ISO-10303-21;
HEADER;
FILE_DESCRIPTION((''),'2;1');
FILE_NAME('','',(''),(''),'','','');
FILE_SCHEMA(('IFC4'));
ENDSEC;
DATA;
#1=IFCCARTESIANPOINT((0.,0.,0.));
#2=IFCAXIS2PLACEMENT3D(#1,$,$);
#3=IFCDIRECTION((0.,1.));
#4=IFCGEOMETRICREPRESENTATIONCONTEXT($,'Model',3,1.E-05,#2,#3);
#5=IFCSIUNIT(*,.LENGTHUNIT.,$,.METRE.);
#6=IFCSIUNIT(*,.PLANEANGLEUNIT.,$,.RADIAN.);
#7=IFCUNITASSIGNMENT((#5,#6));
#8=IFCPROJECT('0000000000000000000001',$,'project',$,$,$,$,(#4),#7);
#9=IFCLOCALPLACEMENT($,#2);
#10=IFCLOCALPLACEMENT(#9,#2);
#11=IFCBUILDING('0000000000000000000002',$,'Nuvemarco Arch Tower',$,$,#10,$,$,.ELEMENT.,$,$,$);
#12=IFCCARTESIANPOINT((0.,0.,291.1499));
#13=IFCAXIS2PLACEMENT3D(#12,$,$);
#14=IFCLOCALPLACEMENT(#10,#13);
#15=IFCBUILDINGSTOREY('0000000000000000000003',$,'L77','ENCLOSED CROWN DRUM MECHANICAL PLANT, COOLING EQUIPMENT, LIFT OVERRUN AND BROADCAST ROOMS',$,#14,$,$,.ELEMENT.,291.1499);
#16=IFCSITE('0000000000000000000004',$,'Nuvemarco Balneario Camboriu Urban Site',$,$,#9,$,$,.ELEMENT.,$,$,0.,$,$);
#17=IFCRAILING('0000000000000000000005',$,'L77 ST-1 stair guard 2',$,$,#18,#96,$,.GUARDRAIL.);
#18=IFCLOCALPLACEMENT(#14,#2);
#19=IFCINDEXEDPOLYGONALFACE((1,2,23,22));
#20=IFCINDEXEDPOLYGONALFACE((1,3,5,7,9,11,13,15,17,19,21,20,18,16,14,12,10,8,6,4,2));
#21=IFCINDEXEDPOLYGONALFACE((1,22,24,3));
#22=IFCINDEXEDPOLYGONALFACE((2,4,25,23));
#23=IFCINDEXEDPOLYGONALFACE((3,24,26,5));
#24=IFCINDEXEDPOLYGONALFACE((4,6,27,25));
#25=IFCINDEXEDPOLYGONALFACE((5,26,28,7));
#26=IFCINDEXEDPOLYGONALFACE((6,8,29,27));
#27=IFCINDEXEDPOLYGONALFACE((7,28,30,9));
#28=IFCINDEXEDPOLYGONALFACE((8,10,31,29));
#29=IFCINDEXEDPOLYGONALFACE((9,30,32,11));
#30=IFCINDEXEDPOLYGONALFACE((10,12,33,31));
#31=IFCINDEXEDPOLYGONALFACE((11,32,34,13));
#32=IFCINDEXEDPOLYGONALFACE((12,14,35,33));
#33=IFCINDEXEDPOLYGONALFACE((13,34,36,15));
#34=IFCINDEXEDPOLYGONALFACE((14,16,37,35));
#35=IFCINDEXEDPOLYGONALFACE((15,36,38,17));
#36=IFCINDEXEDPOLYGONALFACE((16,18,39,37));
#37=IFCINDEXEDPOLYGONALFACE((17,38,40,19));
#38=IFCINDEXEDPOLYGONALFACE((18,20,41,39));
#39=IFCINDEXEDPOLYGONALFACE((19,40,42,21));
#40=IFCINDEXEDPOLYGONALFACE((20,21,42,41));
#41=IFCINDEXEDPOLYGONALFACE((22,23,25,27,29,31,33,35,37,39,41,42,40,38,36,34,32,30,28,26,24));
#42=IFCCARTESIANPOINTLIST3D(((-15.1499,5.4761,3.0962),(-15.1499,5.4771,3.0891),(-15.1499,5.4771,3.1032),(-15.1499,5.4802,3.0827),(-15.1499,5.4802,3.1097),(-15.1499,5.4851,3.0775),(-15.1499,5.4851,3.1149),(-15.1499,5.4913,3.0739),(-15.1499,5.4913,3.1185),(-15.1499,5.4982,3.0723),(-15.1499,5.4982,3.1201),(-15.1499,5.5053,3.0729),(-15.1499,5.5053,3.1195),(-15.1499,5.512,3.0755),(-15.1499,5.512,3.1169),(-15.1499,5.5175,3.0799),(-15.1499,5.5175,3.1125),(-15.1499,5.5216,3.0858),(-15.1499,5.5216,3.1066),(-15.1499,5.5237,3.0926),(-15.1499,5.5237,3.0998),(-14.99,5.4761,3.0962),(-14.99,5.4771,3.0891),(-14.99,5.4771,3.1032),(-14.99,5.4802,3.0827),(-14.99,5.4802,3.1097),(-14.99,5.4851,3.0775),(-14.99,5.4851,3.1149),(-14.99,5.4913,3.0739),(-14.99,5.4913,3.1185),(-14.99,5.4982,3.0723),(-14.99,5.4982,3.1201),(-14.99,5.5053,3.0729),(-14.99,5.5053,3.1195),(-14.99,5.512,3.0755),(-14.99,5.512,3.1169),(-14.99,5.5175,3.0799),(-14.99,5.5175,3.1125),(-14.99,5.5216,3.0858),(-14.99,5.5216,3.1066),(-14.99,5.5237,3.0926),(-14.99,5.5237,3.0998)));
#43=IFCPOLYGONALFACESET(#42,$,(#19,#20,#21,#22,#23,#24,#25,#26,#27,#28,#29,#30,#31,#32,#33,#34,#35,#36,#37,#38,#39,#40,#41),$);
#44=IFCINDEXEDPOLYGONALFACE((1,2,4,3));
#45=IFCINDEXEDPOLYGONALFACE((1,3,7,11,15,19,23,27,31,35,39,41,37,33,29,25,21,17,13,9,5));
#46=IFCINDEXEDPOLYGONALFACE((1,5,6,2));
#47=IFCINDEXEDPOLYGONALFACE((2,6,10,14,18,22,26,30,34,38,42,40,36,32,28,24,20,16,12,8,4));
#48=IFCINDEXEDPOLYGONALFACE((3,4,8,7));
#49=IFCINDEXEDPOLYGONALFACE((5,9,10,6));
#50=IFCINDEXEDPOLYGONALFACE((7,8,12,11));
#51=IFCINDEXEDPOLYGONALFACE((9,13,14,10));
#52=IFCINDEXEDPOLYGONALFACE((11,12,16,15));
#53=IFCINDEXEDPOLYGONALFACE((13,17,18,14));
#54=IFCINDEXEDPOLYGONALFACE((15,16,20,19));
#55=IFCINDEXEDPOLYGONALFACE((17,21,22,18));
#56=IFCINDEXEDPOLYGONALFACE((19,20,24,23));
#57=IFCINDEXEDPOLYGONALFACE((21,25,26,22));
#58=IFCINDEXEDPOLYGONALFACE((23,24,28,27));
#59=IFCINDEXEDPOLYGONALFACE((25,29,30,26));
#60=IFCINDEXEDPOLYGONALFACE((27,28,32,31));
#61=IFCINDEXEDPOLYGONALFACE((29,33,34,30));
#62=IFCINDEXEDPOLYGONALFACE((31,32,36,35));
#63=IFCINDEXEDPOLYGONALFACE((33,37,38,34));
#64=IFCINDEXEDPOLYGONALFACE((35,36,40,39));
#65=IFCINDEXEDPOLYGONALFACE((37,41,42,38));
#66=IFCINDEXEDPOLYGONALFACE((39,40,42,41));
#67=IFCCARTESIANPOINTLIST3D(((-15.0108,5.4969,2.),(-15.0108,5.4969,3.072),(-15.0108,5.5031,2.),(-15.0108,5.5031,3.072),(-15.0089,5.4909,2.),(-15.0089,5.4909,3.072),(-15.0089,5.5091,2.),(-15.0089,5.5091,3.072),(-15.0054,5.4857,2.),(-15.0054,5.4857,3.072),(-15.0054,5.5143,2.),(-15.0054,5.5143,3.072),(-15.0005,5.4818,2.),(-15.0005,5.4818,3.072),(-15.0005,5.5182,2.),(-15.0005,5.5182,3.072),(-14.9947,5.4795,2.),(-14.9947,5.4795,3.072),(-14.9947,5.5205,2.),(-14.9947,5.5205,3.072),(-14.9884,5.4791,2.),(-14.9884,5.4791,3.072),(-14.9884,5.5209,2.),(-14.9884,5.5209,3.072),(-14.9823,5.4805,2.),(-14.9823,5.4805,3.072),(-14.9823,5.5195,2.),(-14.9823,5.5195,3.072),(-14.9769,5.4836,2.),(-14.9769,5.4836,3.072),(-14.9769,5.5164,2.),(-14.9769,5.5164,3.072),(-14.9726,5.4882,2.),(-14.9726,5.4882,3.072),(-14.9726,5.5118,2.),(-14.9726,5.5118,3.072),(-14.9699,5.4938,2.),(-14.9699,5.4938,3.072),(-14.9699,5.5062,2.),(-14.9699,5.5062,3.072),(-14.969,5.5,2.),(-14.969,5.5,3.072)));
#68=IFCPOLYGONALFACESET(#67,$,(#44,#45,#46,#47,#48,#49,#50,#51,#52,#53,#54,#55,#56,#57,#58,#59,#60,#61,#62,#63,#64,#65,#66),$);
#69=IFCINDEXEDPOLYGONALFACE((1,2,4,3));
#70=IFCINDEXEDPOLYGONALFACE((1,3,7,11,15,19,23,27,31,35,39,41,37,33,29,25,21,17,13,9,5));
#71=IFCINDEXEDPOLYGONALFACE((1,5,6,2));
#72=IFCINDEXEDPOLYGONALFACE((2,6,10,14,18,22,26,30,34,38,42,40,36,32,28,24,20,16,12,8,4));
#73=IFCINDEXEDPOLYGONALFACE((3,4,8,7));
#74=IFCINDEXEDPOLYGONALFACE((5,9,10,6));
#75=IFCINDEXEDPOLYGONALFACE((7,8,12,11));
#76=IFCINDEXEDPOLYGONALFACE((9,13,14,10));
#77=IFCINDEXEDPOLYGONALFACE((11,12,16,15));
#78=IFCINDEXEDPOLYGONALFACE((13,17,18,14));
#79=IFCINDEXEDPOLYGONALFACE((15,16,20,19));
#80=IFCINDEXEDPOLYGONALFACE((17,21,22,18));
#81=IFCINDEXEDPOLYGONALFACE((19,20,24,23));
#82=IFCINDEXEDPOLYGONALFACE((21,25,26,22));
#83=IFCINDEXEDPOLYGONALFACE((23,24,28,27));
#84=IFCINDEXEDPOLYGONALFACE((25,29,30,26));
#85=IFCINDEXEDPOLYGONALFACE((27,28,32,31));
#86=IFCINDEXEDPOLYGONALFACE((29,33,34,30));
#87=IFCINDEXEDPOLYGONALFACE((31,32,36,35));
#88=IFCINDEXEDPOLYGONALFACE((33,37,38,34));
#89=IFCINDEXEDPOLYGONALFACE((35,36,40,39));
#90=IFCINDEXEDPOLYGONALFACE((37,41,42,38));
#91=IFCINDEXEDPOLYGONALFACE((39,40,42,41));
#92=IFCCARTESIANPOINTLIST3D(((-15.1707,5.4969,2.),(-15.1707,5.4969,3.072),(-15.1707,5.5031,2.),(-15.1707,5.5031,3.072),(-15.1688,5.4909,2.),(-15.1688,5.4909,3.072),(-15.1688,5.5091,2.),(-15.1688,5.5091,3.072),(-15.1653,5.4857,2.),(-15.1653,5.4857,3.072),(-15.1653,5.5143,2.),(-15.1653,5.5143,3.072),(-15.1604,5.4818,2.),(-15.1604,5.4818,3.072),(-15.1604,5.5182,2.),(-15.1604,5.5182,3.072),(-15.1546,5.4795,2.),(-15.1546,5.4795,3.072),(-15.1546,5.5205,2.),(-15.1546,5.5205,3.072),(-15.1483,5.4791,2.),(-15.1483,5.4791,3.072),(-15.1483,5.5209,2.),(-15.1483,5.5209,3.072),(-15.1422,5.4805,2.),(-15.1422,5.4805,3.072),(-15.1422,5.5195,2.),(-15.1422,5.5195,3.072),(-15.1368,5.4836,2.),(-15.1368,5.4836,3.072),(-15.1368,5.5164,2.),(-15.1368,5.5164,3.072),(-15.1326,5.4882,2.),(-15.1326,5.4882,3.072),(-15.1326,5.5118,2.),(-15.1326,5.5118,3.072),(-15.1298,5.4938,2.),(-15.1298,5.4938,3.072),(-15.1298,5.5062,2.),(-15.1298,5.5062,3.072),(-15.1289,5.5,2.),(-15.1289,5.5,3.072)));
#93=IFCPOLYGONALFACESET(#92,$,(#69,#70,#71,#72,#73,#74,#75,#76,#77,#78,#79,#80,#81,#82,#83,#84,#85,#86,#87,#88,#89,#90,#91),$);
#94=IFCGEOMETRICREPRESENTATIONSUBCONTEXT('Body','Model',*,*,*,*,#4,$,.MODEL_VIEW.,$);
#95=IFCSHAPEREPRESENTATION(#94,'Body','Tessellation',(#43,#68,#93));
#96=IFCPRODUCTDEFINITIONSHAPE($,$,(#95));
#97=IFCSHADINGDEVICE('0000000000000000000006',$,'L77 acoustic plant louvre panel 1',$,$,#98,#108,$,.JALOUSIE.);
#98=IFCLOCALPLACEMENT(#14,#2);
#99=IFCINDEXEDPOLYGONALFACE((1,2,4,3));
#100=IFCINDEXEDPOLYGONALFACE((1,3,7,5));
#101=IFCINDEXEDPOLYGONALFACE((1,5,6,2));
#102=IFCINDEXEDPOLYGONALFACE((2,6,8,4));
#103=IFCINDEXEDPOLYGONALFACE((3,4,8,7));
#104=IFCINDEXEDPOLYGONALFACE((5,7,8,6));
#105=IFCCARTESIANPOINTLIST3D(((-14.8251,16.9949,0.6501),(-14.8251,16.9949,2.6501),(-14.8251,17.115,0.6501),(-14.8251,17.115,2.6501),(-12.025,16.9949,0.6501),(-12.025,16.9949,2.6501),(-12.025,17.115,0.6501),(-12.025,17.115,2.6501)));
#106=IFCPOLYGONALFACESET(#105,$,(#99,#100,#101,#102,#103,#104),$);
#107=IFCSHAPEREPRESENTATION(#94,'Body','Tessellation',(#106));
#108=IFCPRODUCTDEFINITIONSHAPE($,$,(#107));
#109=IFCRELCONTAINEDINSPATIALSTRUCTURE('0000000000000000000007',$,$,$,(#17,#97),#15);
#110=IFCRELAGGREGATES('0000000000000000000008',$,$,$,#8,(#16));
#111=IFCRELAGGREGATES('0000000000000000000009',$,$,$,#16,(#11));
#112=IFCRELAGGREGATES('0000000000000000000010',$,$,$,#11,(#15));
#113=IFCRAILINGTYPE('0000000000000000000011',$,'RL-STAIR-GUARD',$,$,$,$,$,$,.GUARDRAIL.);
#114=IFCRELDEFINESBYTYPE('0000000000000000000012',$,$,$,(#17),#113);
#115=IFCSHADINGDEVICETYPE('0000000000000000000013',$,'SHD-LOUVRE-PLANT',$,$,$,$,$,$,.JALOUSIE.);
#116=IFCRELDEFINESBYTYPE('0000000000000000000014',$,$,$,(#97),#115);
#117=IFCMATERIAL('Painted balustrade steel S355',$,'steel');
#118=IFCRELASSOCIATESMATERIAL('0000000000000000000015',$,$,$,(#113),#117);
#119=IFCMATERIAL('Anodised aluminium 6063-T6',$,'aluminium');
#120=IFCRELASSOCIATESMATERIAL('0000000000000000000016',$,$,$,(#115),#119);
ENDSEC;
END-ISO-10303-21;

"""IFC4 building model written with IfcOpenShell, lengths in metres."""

from ifc_helpers import new_model, si_unit, direction, frame, origin, origin_2d, place, context, subcontext, project, spatial, rectangle, circle, extrude, source, transform, mapped, material, type_object, type_shapes, element, save


model = new_model("IFC4")

# Units and contexts
model_context = context("Model", 3, precision=1e-05, world=origin(), true_north=direction((0.0, 1.0)))
body_context = subcontext(model_context, "Body", "Model", "MODEL_VIEW")
ifc_project = project(units=[si_unit("LENGTHUNIT", "METRE"), si_unit("PLANEANGLEUNIT", "RADIAN")], contexts=[model_context])

# Site, building, storey
site_placement = place(None, origin())
site = spatial("IfcSite", under=ifc_project, at=site_placement, Name="Nuvemarco Balneario Camboriu Urban Site", CompositionType="ELEMENT", RefElevation=0.0)
building_placement = place(site_placement, origin())
building = spatial("IfcBuilding", under=site, at=building_placement, Name="Nuvemarco Arch Tower", CompositionType="ELEMENT")
storey_placement = place(building_placement, frame((0.0, 0.0, 291.1499)))
storey = spatial("IfcBuildingStorey", under=building, at=storey_placement, Name="L77", Description="ENCLOSED CROWN DRUM MECHANICAL PLANT, COOLING EQUIPMENT, LIFT OVERRUN AND BROADCAST ROOMS", CompositionType="ELEMENT", Elevation=291.1499)

# Railing
ifc_material_1 = material(Name="Painted balustrade steel S355", Category="steel")
railing_type = type_object("IfcRailingType", Name="RL-STAIR-GUARD", PredefinedType="GUARDRAIL", material=ifc_material_1)
railing_placement = place(storey_placement, frame((-14.99, 5.5, 2.0)))
element("IfcRailing", 1, at=railing_placement, inside=storey, type_object=railing_type, Name="L77 ST-1 stair guard 2", PredefinedType="GUARDRAIL", context=body_context, shape_type="SweptSolid", body=[
    extrude(circle(Radius=0.0239, at=origin_2d()), frame((0.0, 0.0, 1.0962), z_axis=(-1.0, 0.0, 0.0), x_axis=(0.0, -1.0, 0.0)), (0.0, 0.0, 1.0), 0.1599),
    extrude(circle(Radius=0.021, at=origin_2d()), origin(), (0.0, 0.0, 1.0), 1.072),
    extrude(circle(Radius=0.021, at=origin_2d()), frame((-0.1599, 0.0, 0.0)), (0.0, 0.0, 1.0), 1.072),
])

# Shading device
ifc_material_2 = material(Name="Anodised aluminium 6063-T6", Category="aluminium")
shading_device_type = type_object("IfcShadingDeviceType", Name="SHD-LOUVRE-PLANT", PredefinedType="JALOUSIE", material=ifc_material_2)
shared_shape_1 = source(origin(), body_context, "Body", "SweptSolid", [
    extrude(rectangle(XDim=2.8, YDim=0.1201, at=origin_2d()), origin(), (0.0, 0.0, 1.0), 2.0),
])
type_shapes(shading_device_type, [shared_shape_1])
shading_device_placement = place(storey_placement, frame((-13.425, 17.0549, 0.6501), z_axis=(0.0, 0.0, 1.0), x_axis=(1.0, 0.0, 0.0)))
element("IfcShadingDevice", 2, at=shading_device_placement, inside=storey, type_object=shading_device_type, Name="L77 acoustic plant louvre panel 1", PredefinedType="JALOUSIE", context=body_context, shape_type="MappedRepresentation", body=[
    mapped(shared_shape_1, transform((0.0, 0.0, 0.0), scale=1.0)),
])

save(model, "model.ifc")
